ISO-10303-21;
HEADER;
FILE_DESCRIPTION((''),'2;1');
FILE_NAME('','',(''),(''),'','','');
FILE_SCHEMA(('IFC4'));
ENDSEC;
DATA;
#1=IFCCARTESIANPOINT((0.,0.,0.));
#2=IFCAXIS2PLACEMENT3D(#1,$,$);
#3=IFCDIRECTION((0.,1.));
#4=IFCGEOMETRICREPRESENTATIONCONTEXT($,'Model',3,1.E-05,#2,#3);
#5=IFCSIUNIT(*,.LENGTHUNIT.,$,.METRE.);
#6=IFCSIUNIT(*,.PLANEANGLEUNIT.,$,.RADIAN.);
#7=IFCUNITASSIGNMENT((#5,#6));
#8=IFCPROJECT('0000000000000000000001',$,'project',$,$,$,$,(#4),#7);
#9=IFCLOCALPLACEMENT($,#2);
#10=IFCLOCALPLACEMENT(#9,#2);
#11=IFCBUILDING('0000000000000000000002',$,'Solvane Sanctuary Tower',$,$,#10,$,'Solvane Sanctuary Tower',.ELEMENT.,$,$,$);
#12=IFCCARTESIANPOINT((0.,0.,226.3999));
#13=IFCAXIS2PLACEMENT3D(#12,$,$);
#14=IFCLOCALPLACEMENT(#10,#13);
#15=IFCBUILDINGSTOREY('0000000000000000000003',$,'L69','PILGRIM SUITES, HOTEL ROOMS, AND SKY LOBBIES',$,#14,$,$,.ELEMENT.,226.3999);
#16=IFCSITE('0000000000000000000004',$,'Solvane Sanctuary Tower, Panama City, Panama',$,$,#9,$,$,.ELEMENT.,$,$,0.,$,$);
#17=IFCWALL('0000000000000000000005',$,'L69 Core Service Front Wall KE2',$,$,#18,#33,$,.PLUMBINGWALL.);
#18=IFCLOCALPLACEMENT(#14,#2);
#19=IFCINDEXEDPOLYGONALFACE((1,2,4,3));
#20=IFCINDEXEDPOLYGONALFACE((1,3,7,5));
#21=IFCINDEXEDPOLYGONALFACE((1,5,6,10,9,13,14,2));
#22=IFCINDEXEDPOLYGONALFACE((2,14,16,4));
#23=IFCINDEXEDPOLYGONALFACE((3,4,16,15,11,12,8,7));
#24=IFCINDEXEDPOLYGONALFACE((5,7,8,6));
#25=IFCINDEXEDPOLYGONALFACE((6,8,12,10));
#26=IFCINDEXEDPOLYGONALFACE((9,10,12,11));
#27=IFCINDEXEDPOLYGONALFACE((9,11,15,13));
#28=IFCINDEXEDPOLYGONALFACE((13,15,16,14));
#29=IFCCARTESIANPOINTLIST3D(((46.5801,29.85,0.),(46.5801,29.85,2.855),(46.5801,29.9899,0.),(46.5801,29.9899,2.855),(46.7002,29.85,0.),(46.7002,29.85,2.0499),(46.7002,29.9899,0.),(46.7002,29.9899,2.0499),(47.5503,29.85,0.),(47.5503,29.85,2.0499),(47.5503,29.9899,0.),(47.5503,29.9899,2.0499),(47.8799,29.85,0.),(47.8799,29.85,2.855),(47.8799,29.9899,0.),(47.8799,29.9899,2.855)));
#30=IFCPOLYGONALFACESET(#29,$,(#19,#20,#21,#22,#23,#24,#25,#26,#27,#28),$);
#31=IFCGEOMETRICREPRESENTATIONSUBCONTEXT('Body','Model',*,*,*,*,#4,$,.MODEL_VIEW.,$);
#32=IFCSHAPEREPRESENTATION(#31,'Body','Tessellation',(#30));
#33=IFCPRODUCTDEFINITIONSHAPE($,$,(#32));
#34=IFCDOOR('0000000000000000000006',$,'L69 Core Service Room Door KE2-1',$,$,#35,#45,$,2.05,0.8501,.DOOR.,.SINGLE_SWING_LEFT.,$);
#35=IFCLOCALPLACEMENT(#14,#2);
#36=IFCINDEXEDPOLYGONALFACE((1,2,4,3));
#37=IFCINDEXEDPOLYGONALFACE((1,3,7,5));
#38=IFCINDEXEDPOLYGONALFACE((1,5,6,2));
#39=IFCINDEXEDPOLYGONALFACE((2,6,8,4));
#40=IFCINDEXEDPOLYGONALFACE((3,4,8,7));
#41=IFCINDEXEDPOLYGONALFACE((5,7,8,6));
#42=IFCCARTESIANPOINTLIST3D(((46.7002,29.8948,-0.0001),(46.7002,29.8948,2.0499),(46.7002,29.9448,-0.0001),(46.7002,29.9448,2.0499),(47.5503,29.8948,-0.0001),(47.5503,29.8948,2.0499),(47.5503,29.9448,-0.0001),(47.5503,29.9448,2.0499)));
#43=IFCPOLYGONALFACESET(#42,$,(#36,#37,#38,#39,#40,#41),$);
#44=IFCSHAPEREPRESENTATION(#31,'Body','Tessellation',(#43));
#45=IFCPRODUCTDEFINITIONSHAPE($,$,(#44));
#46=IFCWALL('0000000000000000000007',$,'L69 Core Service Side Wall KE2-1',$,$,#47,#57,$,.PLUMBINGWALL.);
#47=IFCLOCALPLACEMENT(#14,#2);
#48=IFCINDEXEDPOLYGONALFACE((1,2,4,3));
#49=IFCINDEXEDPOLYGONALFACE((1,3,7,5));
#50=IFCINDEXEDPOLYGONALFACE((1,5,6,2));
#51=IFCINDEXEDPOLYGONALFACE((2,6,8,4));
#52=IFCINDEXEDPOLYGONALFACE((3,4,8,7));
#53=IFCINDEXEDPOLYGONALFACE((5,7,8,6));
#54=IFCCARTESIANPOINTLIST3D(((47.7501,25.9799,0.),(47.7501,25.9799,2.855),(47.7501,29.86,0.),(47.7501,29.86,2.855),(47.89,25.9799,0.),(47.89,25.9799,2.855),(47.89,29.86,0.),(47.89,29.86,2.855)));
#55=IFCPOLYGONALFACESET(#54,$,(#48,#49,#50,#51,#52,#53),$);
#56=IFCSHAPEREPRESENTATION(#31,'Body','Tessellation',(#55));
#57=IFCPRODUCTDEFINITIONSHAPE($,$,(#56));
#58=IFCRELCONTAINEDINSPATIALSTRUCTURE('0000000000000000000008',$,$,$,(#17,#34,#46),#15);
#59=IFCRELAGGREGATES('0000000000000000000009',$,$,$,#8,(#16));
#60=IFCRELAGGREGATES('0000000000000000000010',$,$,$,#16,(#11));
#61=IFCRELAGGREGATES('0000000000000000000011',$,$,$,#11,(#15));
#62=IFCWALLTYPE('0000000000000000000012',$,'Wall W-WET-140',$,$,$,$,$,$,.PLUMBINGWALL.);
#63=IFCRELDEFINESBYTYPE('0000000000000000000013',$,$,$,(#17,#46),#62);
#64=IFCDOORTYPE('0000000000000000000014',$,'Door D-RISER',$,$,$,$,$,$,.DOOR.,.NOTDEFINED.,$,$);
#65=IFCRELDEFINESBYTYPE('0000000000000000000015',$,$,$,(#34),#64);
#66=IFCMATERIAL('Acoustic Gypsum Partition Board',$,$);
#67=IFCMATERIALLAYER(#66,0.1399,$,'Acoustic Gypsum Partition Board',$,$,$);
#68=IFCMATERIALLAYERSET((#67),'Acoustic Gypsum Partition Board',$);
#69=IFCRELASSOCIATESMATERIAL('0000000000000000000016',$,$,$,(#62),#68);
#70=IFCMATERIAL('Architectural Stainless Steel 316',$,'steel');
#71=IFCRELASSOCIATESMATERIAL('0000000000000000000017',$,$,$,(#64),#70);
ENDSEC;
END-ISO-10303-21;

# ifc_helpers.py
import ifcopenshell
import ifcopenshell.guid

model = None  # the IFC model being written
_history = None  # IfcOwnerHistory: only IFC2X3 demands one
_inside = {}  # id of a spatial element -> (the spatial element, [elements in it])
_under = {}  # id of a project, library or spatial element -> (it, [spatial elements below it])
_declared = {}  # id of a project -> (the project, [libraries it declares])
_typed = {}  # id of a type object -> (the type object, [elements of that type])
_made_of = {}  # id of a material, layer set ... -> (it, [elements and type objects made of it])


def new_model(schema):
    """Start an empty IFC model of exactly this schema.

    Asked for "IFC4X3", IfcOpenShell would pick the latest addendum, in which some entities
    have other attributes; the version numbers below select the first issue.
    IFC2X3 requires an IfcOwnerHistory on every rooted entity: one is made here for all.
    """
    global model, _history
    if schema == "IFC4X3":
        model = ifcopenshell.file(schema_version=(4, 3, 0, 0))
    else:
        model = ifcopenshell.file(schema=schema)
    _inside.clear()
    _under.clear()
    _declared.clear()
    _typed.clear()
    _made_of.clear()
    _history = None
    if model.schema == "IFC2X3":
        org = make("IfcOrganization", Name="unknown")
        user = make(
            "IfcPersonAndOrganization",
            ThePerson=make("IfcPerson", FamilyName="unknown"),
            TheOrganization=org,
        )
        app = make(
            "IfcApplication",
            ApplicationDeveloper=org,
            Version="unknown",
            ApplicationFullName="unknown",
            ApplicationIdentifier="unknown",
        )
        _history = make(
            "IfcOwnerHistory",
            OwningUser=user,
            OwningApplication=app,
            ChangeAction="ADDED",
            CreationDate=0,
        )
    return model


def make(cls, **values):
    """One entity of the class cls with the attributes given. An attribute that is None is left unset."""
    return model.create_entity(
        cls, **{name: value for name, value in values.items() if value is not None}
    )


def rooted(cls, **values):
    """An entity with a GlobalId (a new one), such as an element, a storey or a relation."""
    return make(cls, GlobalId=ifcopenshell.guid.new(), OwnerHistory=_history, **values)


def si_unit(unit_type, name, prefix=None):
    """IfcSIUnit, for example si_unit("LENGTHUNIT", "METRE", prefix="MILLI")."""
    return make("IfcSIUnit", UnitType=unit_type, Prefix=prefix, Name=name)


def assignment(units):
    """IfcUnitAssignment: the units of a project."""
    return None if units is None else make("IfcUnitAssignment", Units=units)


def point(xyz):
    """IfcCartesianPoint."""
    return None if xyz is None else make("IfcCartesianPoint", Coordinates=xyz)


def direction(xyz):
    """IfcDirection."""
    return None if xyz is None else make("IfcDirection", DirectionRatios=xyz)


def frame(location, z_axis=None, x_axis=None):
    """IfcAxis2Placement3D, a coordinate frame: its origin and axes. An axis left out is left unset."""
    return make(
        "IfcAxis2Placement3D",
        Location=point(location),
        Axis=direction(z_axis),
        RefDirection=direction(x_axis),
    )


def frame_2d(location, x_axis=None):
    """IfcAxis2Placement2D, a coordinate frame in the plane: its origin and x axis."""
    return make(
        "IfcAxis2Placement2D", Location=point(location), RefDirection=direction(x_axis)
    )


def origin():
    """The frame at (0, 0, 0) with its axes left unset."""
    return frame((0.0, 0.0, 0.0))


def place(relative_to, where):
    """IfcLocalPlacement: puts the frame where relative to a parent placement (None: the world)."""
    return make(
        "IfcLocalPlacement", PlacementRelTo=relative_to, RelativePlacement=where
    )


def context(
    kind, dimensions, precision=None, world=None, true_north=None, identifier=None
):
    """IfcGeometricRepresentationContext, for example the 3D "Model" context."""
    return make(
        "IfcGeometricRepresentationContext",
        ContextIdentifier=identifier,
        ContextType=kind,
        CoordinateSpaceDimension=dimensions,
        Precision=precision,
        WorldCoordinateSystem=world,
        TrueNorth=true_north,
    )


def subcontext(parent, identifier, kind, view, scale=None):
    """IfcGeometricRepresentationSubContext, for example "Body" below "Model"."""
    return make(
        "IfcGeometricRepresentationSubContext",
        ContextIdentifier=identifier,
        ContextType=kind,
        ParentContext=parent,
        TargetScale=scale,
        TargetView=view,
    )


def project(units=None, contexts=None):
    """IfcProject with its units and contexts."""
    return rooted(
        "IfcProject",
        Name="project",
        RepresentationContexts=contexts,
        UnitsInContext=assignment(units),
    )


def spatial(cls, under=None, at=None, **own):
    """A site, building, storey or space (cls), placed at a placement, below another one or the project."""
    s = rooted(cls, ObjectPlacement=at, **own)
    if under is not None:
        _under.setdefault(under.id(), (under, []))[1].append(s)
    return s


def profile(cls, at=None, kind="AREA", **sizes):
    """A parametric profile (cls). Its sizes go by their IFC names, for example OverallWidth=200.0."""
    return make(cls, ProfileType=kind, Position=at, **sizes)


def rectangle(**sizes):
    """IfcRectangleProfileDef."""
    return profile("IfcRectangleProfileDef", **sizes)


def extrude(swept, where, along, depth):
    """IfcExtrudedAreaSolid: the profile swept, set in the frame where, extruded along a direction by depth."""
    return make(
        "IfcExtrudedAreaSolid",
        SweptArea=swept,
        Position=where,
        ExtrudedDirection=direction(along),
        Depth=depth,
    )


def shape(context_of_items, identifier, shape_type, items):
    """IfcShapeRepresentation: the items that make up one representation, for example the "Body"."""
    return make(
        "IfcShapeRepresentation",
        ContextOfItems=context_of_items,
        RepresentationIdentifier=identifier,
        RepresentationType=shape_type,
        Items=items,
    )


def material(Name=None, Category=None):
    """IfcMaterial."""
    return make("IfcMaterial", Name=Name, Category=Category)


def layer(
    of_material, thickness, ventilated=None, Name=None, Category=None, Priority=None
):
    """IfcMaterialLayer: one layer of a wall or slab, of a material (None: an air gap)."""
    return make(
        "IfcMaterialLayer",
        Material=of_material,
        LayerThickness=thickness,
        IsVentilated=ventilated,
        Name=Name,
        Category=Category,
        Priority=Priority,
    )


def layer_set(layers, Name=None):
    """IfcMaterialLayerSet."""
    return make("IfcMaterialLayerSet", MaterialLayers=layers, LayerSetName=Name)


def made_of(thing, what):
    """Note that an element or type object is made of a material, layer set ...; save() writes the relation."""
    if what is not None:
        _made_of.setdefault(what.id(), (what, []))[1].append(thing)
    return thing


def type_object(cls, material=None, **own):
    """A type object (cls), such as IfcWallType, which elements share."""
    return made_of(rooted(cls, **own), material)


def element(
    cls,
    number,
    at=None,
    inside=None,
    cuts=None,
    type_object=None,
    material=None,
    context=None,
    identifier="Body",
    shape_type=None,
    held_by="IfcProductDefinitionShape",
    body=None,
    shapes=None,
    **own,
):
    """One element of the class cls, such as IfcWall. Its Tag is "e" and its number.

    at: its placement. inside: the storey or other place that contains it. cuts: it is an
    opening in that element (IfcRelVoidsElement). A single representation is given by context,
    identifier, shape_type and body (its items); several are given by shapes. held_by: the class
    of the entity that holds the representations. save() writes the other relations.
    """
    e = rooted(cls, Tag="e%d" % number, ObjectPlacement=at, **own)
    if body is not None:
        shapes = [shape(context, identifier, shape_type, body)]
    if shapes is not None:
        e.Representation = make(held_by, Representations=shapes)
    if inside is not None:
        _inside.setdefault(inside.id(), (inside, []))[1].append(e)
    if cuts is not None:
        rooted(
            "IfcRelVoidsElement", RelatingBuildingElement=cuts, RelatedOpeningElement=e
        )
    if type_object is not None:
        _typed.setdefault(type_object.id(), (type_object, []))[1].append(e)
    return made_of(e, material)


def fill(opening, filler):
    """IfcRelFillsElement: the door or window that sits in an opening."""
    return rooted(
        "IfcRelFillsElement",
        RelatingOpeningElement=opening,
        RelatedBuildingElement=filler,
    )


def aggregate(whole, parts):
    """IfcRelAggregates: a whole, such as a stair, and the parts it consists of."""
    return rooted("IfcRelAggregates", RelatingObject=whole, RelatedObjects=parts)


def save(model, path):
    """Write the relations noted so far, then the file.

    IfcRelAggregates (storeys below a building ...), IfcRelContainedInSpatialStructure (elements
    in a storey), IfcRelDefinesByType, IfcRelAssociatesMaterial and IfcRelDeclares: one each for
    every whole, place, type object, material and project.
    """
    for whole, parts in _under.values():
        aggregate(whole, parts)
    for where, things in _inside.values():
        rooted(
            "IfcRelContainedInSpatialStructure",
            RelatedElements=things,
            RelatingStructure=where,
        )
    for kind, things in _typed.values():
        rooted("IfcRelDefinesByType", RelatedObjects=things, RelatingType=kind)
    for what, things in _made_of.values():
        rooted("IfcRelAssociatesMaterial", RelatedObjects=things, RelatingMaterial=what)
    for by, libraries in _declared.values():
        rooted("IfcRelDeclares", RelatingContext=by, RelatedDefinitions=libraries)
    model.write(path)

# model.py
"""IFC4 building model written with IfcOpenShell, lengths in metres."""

from ifc_helpers import new_model, si_unit, direction, frame, frame_2d, origin, place, context, subcontext, project, spatial, rectangle, extrude, material, layer, layer_set, type_object, element, fill, save


model = new_model("IFC4")

# Units and contexts
model_context = context("Model", 3, precision=1e-05, world=origin(), true_north=direction((0.0, 1.0)))
body_context = subcontext(model_context, "Body", "Model", "MODEL_VIEW")
ifc_project = project(units=[si_unit("LENGTHUNIT", "METRE"), si_unit("PLANEANGLEUNIT", "RADIAN")], contexts=[model_context])

# Site, building, storey
site_placement = place(None, origin())
site = spatial("IfcSite", under=ifc_project, at=site_placement, Name="Solvane Sanctuary Tower, Panama City, Panama", CompositionType="ELEMENT", RefElevation=0.0)
building_placement = place(site_placement, origin())
building = spatial("IfcBuilding", under=site, at=building_placement, Name="Solvane Sanctuary Tower", LongName="Solvane Sanctuary Tower", CompositionType="ELEMENT")
storey_placement = place(building_placement, frame((0.0, 0.0, 226.3999)))
storey = spatial("IfcBuildingStorey", under=building, at=storey_placement, Name="L69", Description="PILGRIM SUITES, HOTEL ROOMS, AND SKY LOBBIES", CompositionType="ELEMENT", Elevation=226.3999)

# Shared definitions
ifc_material_1 = material(Name="Acoustic Gypsum Partition Board")

# Shared definitions
ifc_material_2 = material(Name="Architectural Stainless Steel 316", Category="steel")

# Shared definitions
ifc_layer_1 = layer(ifc_material_1, 0.1399, Name="Acoustic Gypsum Partition Board")
ifc_layer_set_1 = layer_set([ifc_layer_1], Name="Acoustic Gypsum Partition Board")
wall_type_1 = type_object("IfcWallType", Name="Wall W-WET-140", PredefinedType="PLUMBINGWALL", material=ifc_layer_set_1)
door_type_1 = type_object("IfcDoorType", Name="Door D-RISER", OperationType="NOTDEFINED", PredefinedType="DOOR", material=ifc_material_2)

# Wall, opening, door
wall_1_placement = place(storey_placement, frame((46.5801, 29.9199, 0.0), z_axis=(0.0, 0.0, 1.0), x_axis=(1.0, 0.0, 0.0)))
wall_1 = element("IfcWall", 1, at=wall_1_placement, inside=storey, type_object=wall_type_1, Name="L69 Core Service Front Wall KE2", PredefinedType="PLUMBINGWALL", context=body_context, shape_type="SweptSolid", body=[
    extrude(rectangle(XDim=1.2998, YDim=0.1399, at=frame_2d((0.6499, 0.0))), origin(), (0.0, 0.0, 1.0), 2.855),
])
opening_1_placement = place(wall_1_placement, frame((0.1201, 0.0, 0.0)))
opening_1 = element("IfcOpeningElement", 2, at=opening_1_placement, cuts=wall_1, PredefinedType="OPENING", context=body_context, shape_type="SweptSolid", body=[
    extrude(rectangle(XDim=0.8501, YDim=2.05, at=frame_2d((0.425, 1.0249))), frame((0.0, 0.0798, 0.0), z_axis=(0.0, -1.0, 0.0), x_axis=(1.0, 0.0, 0.0)), (0.0, 0.0, 1.0), 0.1599),
])
door_1_placement = place(opening_1_placement, origin())
door_1 = element("IfcDoor", 3, at=door_1_placement, inside=storey, type_object=door_type_1, Name="L69 Core Service Room Door KE2-1", OperationType="SINGLE_SWING_LEFT", OverallHeight=2.05, OverallWidth=0.8501, PredefinedType="DOOR", context=body_context, shape_type="SweptSolid", body=[
    extrude(rectangle(XDim=0.8501, YDim=2.05, at=frame_2d((0.425, 1.0249))), frame((0.0, 0.0249, 0.0), z_axis=(0.0, -1.0, 0.0), x_axis=(1.0, 0.0, 0.0)), (0.0, 0.0, 1.0), 0.05),
])
fill(opening_1, door_1)

# Wall
wall_2_placement = place(storey_placement, frame((47.8201, 25.98, 0.0), z_axis=(0.0, 0.0, 1.0), x_axis=(0.0, 1.0, 0.0)))
element("IfcWall", 4, at=wall_2_placement, inside=storey, type_object=wall_type_1, Name="L69 Core Service Side Wall KE2-1", PredefinedType="PLUMBINGWALL", context=body_context, shape_type="SweptSolid", body=[
    extrude(rectangle(XDim=3.8801, YDim=0.1399, at=frame_2d((1.9399, 0.0))), origin(), (0.0, 0.0, 1.0), 2.855),
])

save(model, "model.ifc")
